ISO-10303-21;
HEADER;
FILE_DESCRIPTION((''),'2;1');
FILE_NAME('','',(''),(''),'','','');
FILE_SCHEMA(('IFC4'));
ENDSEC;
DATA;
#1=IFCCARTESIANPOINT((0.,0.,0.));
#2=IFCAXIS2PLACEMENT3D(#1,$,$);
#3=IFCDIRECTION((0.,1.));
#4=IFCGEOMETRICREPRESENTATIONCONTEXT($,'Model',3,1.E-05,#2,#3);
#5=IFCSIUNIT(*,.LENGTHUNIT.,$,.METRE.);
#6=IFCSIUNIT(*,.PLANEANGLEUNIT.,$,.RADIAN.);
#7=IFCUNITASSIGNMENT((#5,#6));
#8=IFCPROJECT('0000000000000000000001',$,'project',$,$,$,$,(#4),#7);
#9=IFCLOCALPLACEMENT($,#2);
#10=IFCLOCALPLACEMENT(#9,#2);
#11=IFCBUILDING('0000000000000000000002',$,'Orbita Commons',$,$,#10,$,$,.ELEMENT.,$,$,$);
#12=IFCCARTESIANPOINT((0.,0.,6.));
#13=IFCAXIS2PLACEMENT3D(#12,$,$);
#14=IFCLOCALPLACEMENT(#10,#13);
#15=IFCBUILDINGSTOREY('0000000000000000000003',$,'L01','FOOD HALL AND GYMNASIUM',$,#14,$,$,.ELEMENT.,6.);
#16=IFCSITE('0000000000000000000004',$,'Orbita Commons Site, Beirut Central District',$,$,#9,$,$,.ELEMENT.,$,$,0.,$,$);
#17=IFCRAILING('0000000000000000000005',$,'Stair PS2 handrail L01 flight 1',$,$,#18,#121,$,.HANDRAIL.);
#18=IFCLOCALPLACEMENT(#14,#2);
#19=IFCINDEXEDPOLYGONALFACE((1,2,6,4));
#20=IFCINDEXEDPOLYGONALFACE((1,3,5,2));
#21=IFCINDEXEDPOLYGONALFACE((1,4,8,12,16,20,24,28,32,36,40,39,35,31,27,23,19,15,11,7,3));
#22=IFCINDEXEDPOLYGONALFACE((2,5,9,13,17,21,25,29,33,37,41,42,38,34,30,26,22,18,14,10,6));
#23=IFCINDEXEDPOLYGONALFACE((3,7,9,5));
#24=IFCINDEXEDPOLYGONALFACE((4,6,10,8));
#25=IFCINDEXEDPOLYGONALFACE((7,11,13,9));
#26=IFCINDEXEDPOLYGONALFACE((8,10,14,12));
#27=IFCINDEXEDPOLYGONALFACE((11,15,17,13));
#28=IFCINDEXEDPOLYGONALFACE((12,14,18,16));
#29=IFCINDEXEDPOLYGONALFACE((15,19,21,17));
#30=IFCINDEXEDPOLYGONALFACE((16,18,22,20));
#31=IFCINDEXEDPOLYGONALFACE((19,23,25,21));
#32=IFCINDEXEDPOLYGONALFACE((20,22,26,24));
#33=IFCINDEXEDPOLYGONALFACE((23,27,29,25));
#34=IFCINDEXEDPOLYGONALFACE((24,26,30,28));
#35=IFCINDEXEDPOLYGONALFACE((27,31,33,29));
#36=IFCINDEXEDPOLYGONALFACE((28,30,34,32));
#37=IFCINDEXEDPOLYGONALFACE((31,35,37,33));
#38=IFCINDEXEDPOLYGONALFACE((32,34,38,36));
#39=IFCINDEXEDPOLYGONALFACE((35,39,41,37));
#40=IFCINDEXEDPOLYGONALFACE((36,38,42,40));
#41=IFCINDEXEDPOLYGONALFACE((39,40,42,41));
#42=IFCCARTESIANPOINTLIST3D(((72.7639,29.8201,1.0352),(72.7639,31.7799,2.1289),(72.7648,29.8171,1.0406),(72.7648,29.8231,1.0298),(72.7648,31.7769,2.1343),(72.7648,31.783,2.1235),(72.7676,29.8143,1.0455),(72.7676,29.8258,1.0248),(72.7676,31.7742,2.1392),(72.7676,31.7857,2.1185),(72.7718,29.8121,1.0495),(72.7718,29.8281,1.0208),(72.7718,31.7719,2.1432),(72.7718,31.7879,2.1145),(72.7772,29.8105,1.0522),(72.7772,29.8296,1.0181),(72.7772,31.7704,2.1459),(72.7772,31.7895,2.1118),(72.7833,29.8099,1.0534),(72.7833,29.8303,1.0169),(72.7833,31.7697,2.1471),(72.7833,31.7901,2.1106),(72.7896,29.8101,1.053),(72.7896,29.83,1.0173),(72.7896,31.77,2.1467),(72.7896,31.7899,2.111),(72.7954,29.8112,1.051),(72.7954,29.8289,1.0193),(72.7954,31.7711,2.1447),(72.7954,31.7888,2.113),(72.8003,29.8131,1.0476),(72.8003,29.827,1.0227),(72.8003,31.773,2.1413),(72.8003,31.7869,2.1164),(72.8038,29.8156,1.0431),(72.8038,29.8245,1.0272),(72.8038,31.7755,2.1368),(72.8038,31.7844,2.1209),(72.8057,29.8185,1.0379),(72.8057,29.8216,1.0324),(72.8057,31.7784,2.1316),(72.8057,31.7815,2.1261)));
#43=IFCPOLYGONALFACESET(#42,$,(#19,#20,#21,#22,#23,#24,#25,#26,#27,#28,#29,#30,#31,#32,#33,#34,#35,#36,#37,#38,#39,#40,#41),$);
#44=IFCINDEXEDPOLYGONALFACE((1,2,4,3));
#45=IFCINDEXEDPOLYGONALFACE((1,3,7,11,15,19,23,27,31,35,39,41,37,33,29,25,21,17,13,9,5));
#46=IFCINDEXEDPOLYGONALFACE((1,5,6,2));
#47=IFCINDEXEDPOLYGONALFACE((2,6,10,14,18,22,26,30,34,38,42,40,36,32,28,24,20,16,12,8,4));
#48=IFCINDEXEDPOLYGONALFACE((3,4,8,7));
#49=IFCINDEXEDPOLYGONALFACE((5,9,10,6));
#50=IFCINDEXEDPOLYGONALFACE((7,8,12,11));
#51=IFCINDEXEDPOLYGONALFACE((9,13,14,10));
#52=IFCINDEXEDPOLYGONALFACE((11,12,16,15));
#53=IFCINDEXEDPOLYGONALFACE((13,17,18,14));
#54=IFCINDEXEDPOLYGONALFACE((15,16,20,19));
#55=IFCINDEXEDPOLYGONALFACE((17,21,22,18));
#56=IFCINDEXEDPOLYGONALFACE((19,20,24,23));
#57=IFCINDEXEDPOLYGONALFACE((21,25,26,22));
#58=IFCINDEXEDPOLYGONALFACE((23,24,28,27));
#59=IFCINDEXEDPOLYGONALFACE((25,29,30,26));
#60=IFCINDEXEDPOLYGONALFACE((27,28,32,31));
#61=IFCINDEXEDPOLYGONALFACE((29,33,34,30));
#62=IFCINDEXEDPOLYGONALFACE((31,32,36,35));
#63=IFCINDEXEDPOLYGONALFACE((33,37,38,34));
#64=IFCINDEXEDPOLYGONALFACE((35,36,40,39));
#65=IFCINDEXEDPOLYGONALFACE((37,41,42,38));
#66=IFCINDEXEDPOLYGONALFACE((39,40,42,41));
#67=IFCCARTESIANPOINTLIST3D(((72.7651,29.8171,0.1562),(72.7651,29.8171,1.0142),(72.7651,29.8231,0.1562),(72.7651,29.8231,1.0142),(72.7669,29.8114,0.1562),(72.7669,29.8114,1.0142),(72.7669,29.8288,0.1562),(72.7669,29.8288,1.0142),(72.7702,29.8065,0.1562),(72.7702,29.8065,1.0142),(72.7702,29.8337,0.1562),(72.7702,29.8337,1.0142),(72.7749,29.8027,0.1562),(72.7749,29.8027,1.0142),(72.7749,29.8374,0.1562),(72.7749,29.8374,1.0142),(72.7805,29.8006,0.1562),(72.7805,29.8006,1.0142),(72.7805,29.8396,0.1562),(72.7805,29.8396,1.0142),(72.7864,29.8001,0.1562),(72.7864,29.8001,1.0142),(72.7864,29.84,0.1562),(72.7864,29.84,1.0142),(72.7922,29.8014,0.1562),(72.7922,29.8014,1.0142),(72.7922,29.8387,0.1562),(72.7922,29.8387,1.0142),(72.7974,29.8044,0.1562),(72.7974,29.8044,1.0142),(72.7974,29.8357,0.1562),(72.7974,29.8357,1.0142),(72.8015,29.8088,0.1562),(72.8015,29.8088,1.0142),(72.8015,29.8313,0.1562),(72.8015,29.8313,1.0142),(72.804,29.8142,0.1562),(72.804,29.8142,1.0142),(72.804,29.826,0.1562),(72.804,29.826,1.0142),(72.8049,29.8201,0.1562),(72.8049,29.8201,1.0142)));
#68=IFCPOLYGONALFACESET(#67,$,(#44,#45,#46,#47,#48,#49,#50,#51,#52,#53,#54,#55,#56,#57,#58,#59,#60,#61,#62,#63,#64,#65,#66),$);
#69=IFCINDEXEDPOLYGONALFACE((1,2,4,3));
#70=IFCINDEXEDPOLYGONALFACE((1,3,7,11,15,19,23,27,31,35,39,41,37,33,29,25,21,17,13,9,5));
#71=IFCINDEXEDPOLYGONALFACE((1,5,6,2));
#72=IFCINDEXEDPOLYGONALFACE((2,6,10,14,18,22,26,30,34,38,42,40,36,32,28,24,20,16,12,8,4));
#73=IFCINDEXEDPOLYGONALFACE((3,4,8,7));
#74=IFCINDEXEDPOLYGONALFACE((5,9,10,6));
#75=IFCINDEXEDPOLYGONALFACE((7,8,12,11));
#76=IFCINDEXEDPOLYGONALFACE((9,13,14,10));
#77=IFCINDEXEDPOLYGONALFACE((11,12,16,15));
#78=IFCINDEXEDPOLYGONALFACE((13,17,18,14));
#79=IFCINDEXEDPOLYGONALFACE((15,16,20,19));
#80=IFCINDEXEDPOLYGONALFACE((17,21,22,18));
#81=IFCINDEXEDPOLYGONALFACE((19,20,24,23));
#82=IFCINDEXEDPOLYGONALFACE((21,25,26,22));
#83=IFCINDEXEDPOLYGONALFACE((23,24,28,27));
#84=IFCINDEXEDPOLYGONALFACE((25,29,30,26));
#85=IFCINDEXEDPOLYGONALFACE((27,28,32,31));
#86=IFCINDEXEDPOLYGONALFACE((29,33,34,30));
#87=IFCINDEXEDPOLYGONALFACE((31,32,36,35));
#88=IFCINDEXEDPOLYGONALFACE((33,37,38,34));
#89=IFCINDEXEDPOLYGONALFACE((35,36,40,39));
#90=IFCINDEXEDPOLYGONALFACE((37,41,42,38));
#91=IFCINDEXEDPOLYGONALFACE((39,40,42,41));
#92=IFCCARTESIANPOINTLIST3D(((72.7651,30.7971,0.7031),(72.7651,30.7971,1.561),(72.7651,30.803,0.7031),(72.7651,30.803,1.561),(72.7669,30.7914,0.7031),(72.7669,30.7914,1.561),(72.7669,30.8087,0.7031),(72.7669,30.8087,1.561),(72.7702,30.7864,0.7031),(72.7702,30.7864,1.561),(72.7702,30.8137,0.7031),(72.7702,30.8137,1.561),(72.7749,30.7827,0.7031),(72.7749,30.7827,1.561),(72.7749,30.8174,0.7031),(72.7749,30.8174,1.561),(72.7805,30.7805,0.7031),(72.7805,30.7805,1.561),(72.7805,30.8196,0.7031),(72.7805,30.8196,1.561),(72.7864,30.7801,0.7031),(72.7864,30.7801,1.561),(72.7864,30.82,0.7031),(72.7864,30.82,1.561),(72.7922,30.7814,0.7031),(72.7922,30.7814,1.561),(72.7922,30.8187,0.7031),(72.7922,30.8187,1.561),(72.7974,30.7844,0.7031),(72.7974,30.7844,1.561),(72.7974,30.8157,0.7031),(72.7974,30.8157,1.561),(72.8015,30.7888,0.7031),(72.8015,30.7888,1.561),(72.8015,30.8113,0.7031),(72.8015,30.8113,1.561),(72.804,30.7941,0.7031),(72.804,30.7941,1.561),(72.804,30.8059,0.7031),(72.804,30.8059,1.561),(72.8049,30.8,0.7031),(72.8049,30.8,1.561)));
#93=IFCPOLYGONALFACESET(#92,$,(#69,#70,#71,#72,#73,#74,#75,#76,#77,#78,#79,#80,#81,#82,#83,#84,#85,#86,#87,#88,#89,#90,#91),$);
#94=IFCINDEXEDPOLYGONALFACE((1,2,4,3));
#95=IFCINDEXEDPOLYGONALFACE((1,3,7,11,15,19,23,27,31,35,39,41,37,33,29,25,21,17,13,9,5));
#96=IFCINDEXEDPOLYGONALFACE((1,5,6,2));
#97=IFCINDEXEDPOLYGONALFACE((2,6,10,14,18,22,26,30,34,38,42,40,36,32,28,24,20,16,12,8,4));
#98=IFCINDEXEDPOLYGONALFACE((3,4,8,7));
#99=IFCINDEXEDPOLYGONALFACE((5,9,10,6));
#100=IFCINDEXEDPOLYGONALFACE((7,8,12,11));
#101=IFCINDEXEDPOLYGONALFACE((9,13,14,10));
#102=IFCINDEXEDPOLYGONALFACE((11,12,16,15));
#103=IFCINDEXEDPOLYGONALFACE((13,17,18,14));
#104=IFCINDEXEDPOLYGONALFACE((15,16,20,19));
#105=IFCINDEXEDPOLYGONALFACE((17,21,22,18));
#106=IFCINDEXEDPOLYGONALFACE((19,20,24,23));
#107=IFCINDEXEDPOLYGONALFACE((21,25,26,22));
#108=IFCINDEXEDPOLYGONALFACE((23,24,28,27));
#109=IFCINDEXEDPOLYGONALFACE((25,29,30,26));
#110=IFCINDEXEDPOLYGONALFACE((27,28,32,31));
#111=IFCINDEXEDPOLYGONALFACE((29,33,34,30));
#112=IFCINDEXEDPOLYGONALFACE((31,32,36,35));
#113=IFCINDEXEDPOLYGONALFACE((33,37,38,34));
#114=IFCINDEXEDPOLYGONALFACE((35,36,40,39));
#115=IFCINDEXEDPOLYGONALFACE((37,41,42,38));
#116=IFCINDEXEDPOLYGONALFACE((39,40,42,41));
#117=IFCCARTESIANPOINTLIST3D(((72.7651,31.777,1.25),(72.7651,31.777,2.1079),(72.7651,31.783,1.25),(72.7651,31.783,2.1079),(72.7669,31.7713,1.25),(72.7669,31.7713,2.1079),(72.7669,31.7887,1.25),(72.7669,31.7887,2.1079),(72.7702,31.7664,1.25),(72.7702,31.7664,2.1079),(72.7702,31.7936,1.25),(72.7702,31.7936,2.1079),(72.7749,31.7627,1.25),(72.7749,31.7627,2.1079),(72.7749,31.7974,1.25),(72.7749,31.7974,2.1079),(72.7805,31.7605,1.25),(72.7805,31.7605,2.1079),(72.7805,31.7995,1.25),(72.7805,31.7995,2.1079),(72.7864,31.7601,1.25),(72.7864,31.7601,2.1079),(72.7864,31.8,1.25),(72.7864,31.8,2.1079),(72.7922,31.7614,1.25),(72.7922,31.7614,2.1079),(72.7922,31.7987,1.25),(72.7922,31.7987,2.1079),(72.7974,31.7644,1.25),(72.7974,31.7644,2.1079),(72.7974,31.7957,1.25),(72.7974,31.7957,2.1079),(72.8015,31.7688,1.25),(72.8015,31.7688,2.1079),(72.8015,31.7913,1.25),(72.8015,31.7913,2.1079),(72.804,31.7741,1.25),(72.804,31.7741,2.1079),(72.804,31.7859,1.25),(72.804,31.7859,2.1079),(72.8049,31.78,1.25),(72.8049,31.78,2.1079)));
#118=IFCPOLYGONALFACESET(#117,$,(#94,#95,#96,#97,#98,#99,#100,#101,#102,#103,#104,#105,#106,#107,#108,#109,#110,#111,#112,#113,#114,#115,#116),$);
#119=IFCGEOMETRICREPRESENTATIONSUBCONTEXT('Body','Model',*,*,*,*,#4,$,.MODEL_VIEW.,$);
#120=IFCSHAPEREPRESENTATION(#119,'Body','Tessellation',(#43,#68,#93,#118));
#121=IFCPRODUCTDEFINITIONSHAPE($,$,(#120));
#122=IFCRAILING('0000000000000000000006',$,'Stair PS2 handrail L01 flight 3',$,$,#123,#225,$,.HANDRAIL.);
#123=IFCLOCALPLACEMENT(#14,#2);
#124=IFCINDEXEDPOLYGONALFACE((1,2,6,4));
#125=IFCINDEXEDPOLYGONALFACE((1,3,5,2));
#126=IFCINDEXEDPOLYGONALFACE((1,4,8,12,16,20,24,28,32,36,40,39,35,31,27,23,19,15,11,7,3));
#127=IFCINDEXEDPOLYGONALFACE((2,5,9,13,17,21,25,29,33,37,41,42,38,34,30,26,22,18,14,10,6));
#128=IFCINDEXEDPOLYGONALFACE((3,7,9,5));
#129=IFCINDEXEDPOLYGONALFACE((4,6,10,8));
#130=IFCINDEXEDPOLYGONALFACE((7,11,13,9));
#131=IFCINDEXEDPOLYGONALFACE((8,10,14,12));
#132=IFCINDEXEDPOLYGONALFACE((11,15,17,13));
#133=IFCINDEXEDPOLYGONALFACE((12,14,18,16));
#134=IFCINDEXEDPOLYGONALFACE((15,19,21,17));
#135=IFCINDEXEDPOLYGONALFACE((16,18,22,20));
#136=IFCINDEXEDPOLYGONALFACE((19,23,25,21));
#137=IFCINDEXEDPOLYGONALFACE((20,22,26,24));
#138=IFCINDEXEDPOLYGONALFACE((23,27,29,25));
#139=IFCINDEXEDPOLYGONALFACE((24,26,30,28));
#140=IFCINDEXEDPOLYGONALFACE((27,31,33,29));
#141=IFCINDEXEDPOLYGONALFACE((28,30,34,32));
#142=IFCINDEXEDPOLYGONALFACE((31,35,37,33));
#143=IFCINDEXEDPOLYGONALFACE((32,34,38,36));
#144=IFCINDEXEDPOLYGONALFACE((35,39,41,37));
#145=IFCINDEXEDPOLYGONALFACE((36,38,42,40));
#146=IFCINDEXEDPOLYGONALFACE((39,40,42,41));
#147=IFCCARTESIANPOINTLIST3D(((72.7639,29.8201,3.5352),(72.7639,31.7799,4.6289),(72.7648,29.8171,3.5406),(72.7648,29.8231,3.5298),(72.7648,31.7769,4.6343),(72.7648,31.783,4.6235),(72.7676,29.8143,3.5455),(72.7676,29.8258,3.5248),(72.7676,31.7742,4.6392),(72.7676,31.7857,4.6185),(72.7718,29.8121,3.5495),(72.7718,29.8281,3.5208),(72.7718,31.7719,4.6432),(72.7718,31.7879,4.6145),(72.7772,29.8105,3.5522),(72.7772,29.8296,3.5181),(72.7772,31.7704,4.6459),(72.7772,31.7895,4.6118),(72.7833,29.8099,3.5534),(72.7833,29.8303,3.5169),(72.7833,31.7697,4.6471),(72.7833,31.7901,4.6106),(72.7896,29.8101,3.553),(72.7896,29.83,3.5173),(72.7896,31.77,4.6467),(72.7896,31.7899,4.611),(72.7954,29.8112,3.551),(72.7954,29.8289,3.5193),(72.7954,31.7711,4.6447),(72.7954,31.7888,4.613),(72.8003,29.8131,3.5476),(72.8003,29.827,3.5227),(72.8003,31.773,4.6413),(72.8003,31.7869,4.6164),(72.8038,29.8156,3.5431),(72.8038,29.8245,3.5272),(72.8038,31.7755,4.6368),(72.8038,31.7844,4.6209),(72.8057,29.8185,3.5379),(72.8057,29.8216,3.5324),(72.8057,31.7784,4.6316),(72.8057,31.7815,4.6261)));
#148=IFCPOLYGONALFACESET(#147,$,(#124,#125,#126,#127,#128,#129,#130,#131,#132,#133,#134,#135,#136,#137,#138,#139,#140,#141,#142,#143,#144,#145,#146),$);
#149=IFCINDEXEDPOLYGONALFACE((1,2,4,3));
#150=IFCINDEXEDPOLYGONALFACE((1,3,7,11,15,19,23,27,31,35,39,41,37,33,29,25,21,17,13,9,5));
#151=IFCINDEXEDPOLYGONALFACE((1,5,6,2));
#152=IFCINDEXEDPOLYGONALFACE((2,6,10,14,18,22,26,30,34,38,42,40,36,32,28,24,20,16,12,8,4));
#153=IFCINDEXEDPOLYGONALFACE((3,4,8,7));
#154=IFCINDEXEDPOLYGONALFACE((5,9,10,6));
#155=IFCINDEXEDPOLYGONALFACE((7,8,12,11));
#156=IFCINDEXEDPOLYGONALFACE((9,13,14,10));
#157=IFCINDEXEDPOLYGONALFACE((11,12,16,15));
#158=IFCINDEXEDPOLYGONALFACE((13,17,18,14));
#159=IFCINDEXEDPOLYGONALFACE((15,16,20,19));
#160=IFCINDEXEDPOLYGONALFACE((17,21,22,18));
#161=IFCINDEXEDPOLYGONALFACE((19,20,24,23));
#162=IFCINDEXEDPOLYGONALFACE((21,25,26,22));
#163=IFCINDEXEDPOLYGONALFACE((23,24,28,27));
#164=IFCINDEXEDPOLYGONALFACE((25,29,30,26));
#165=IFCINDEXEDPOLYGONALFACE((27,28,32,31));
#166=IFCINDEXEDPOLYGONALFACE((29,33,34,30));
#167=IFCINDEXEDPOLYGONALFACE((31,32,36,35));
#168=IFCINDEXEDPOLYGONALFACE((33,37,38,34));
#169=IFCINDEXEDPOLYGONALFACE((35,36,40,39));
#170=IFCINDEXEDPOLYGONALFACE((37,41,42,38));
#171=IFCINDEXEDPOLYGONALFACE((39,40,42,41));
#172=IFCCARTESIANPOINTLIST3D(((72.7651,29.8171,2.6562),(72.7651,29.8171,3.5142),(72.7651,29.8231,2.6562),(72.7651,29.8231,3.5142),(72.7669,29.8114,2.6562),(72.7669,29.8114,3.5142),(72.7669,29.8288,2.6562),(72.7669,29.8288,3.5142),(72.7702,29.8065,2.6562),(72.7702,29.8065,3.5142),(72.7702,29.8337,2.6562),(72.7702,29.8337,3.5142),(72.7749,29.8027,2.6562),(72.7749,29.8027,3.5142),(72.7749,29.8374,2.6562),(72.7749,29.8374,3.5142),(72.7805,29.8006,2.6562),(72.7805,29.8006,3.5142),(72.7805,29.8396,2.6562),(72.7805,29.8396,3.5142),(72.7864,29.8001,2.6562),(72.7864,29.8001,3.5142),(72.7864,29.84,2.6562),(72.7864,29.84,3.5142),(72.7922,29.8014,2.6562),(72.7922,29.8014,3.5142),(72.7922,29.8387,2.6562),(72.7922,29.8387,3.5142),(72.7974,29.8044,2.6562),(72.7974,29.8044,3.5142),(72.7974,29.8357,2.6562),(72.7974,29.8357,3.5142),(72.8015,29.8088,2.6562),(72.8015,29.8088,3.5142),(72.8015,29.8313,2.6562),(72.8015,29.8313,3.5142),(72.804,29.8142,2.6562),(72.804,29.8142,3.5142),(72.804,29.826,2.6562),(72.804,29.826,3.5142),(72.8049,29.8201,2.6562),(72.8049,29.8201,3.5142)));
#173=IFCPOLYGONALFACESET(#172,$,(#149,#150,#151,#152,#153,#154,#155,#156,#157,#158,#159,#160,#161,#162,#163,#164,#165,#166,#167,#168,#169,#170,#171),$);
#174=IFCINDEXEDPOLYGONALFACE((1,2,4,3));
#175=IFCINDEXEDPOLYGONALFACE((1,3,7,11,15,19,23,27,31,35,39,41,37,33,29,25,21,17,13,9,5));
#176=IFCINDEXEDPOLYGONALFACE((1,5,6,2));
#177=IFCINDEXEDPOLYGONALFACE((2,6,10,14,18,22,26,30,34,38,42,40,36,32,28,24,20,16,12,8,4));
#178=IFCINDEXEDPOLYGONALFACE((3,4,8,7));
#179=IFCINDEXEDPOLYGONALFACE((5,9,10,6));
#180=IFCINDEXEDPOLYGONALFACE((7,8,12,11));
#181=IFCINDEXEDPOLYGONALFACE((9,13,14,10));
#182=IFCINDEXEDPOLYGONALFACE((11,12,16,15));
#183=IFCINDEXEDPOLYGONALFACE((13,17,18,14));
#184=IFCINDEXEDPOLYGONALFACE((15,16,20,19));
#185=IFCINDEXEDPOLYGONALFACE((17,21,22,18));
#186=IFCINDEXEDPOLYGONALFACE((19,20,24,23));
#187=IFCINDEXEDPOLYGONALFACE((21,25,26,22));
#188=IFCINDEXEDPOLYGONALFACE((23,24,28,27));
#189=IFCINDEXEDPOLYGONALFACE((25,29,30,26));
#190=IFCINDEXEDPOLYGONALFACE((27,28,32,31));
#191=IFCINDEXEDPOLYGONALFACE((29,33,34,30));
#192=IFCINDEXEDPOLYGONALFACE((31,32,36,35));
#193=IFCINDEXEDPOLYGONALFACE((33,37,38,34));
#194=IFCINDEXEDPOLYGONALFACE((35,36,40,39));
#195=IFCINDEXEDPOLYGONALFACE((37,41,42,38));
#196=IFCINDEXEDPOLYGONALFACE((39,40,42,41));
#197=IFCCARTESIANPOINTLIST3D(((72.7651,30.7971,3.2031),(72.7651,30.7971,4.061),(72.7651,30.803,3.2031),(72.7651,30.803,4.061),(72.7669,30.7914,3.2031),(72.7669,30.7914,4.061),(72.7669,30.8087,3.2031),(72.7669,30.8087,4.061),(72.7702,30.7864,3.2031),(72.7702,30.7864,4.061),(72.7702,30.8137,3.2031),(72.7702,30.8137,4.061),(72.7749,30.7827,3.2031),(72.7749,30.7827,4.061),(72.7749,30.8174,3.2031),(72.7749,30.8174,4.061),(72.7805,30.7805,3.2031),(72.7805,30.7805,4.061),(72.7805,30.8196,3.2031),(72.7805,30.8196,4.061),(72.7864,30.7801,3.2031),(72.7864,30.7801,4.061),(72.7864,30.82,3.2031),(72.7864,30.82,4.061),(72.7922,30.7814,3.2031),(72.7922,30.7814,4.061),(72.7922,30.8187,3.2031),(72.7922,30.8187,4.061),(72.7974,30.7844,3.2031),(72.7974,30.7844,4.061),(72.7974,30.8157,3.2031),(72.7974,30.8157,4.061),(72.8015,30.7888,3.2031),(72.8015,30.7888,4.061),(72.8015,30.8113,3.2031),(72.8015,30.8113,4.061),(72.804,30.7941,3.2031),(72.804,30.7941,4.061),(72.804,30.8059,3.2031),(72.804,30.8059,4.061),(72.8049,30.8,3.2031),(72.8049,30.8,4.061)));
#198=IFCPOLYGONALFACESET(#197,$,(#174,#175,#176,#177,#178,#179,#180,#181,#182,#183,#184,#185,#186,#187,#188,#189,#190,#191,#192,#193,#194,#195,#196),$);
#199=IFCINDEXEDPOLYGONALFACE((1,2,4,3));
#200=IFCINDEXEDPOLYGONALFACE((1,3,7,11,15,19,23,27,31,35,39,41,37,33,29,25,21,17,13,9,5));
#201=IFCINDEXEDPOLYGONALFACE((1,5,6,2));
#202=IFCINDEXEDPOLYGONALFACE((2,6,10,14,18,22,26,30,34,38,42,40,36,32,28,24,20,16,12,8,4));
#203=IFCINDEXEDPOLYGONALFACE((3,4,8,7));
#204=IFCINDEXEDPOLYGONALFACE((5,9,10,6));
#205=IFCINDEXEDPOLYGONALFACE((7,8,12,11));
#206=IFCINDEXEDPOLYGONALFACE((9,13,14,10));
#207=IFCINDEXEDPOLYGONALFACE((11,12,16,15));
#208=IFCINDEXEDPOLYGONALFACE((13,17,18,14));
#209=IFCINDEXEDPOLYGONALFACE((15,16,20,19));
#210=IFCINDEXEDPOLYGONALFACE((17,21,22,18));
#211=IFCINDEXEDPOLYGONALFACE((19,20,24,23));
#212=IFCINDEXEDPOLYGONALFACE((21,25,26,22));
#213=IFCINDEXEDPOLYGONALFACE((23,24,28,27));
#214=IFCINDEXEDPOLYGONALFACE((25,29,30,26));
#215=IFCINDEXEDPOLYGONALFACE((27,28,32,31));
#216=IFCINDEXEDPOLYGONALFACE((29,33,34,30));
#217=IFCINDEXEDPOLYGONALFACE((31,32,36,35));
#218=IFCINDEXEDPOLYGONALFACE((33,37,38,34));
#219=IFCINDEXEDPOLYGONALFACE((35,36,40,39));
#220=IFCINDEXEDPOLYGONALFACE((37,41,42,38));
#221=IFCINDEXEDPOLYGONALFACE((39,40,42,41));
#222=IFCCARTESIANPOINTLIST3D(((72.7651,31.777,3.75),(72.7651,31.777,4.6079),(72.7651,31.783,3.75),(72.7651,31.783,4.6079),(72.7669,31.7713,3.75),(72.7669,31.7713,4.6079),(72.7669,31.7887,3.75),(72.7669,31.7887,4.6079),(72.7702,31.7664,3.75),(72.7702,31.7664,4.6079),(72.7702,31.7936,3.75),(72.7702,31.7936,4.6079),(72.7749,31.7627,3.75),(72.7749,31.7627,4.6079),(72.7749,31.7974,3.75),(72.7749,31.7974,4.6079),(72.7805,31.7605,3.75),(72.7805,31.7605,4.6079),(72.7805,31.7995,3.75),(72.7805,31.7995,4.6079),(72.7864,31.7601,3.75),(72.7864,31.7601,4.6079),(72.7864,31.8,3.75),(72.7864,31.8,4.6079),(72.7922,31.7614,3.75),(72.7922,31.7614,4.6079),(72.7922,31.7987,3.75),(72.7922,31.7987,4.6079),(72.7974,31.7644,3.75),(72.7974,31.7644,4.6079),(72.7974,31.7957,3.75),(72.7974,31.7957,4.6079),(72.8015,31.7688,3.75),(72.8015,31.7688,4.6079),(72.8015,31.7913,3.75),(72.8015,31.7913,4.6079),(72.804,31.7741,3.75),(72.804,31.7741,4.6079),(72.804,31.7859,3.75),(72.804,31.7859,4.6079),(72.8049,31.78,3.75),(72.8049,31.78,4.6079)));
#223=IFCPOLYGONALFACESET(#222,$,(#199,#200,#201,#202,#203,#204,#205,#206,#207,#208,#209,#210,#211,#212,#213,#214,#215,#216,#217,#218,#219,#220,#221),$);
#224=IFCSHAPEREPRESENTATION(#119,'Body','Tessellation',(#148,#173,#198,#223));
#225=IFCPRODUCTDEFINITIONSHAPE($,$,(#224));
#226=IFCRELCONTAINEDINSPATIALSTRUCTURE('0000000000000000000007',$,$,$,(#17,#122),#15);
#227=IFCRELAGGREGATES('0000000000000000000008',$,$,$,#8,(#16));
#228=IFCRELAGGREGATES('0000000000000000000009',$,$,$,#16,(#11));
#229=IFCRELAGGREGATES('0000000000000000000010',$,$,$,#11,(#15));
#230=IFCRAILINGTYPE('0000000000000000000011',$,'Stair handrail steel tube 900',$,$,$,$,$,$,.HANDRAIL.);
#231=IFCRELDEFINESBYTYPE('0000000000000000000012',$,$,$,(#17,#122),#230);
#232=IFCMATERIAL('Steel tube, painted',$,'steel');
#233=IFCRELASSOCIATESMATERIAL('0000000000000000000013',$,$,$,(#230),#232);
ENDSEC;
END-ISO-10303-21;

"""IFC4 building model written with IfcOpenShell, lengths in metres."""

from ifc_helpers import new_model, si_unit, direction, frame, origin, origin_2d, place, context, subcontext, project, spatial, circle, extrude, material, type_object, element, save


model = new_model("IFC4")

# Units and contexts
model_context = context("Model", 3, precision=1e-05, world=origin(), true_north=direction((0.0, 1.0)))
body_context = subcontext(model_context, "Body", "Model", "MODEL_VIEW")
ifc_project = project(units=[si_unit("LENGTHUNIT", "METRE"), si_unit("PLANEANGLEUNIT", "RADIAN")], contexts=[model_context])

# Site, building, storey
site_placement = place(None, origin())
site = spatial("IfcSite", under=ifc_project, at=site_placement, Name="Orbita Commons Site, Beirut Central District", CompositionType="ELEMENT", RefElevation=0.0)
building_placement = place(site_placement, origin())
building = spatial("IfcBuilding", under=site, at=building_placement, Name="Orbita Commons", CompositionType="ELEMENT")
storey_placement = place(building_placement, frame((0.0, 0.0, 6.0)))
storey = spatial("IfcBuildingStorey", under=building, at=storey_placement, Name="L01", Description="FOOD HALL AND GYMNASIUM", CompositionType="ELEMENT", Elevation=6.0)

# Railings
ifc_material_1 = material(Name="Steel tube, painted", Category="steel")
railing_type = type_object("IfcRailingType", Name="Stair handrail steel tube 900", PredefinedType="HANDRAIL", material=ifc_material_1)
for number, where, name in (
    (1, (72.7849, 29.8201, 0.1562), "Stair PS2 handrail L01 flight 1"),
    (2, (72.7849, 29.8201, 2.6562), "Stair PS2 handrail L01 flight 3"),
):
    element("IfcRailing", number, at=place(storey_placement, frame(where)), inside=storey, type_object=railing_type, Name=name, PredefinedType="HANDRAIL", context=body_context, shape_type="SweptSolid", body=[
        extrude(circle(Radius=0.021, at=origin_2d()), frame((0.0, 0.0, 0.8789), z_axis=(0.0, 0.873232, 0.487304), x_axis=(-1.0, 0.0, 0.0)), (0.0, 0.0, 1.0), 2.2444),
        extrude(circle(Radius=0.02, at=origin_2d()), origin(), (0.0, 0.0, 1.0), 0.8579),
        extrude(circle(Radius=0.02, at=origin_2d()), frame((0.0, 0.98, 0.5469)), (0.0, 0.0, 1.0), 0.8579),
        extrude(circle(Radius=0.02, at=origin_2d()), frame((0.0, 1.96, 1.0938)), (0.0, 0.0, 1.0), 0.8579),
    ])

save(model, "model.ifc")
